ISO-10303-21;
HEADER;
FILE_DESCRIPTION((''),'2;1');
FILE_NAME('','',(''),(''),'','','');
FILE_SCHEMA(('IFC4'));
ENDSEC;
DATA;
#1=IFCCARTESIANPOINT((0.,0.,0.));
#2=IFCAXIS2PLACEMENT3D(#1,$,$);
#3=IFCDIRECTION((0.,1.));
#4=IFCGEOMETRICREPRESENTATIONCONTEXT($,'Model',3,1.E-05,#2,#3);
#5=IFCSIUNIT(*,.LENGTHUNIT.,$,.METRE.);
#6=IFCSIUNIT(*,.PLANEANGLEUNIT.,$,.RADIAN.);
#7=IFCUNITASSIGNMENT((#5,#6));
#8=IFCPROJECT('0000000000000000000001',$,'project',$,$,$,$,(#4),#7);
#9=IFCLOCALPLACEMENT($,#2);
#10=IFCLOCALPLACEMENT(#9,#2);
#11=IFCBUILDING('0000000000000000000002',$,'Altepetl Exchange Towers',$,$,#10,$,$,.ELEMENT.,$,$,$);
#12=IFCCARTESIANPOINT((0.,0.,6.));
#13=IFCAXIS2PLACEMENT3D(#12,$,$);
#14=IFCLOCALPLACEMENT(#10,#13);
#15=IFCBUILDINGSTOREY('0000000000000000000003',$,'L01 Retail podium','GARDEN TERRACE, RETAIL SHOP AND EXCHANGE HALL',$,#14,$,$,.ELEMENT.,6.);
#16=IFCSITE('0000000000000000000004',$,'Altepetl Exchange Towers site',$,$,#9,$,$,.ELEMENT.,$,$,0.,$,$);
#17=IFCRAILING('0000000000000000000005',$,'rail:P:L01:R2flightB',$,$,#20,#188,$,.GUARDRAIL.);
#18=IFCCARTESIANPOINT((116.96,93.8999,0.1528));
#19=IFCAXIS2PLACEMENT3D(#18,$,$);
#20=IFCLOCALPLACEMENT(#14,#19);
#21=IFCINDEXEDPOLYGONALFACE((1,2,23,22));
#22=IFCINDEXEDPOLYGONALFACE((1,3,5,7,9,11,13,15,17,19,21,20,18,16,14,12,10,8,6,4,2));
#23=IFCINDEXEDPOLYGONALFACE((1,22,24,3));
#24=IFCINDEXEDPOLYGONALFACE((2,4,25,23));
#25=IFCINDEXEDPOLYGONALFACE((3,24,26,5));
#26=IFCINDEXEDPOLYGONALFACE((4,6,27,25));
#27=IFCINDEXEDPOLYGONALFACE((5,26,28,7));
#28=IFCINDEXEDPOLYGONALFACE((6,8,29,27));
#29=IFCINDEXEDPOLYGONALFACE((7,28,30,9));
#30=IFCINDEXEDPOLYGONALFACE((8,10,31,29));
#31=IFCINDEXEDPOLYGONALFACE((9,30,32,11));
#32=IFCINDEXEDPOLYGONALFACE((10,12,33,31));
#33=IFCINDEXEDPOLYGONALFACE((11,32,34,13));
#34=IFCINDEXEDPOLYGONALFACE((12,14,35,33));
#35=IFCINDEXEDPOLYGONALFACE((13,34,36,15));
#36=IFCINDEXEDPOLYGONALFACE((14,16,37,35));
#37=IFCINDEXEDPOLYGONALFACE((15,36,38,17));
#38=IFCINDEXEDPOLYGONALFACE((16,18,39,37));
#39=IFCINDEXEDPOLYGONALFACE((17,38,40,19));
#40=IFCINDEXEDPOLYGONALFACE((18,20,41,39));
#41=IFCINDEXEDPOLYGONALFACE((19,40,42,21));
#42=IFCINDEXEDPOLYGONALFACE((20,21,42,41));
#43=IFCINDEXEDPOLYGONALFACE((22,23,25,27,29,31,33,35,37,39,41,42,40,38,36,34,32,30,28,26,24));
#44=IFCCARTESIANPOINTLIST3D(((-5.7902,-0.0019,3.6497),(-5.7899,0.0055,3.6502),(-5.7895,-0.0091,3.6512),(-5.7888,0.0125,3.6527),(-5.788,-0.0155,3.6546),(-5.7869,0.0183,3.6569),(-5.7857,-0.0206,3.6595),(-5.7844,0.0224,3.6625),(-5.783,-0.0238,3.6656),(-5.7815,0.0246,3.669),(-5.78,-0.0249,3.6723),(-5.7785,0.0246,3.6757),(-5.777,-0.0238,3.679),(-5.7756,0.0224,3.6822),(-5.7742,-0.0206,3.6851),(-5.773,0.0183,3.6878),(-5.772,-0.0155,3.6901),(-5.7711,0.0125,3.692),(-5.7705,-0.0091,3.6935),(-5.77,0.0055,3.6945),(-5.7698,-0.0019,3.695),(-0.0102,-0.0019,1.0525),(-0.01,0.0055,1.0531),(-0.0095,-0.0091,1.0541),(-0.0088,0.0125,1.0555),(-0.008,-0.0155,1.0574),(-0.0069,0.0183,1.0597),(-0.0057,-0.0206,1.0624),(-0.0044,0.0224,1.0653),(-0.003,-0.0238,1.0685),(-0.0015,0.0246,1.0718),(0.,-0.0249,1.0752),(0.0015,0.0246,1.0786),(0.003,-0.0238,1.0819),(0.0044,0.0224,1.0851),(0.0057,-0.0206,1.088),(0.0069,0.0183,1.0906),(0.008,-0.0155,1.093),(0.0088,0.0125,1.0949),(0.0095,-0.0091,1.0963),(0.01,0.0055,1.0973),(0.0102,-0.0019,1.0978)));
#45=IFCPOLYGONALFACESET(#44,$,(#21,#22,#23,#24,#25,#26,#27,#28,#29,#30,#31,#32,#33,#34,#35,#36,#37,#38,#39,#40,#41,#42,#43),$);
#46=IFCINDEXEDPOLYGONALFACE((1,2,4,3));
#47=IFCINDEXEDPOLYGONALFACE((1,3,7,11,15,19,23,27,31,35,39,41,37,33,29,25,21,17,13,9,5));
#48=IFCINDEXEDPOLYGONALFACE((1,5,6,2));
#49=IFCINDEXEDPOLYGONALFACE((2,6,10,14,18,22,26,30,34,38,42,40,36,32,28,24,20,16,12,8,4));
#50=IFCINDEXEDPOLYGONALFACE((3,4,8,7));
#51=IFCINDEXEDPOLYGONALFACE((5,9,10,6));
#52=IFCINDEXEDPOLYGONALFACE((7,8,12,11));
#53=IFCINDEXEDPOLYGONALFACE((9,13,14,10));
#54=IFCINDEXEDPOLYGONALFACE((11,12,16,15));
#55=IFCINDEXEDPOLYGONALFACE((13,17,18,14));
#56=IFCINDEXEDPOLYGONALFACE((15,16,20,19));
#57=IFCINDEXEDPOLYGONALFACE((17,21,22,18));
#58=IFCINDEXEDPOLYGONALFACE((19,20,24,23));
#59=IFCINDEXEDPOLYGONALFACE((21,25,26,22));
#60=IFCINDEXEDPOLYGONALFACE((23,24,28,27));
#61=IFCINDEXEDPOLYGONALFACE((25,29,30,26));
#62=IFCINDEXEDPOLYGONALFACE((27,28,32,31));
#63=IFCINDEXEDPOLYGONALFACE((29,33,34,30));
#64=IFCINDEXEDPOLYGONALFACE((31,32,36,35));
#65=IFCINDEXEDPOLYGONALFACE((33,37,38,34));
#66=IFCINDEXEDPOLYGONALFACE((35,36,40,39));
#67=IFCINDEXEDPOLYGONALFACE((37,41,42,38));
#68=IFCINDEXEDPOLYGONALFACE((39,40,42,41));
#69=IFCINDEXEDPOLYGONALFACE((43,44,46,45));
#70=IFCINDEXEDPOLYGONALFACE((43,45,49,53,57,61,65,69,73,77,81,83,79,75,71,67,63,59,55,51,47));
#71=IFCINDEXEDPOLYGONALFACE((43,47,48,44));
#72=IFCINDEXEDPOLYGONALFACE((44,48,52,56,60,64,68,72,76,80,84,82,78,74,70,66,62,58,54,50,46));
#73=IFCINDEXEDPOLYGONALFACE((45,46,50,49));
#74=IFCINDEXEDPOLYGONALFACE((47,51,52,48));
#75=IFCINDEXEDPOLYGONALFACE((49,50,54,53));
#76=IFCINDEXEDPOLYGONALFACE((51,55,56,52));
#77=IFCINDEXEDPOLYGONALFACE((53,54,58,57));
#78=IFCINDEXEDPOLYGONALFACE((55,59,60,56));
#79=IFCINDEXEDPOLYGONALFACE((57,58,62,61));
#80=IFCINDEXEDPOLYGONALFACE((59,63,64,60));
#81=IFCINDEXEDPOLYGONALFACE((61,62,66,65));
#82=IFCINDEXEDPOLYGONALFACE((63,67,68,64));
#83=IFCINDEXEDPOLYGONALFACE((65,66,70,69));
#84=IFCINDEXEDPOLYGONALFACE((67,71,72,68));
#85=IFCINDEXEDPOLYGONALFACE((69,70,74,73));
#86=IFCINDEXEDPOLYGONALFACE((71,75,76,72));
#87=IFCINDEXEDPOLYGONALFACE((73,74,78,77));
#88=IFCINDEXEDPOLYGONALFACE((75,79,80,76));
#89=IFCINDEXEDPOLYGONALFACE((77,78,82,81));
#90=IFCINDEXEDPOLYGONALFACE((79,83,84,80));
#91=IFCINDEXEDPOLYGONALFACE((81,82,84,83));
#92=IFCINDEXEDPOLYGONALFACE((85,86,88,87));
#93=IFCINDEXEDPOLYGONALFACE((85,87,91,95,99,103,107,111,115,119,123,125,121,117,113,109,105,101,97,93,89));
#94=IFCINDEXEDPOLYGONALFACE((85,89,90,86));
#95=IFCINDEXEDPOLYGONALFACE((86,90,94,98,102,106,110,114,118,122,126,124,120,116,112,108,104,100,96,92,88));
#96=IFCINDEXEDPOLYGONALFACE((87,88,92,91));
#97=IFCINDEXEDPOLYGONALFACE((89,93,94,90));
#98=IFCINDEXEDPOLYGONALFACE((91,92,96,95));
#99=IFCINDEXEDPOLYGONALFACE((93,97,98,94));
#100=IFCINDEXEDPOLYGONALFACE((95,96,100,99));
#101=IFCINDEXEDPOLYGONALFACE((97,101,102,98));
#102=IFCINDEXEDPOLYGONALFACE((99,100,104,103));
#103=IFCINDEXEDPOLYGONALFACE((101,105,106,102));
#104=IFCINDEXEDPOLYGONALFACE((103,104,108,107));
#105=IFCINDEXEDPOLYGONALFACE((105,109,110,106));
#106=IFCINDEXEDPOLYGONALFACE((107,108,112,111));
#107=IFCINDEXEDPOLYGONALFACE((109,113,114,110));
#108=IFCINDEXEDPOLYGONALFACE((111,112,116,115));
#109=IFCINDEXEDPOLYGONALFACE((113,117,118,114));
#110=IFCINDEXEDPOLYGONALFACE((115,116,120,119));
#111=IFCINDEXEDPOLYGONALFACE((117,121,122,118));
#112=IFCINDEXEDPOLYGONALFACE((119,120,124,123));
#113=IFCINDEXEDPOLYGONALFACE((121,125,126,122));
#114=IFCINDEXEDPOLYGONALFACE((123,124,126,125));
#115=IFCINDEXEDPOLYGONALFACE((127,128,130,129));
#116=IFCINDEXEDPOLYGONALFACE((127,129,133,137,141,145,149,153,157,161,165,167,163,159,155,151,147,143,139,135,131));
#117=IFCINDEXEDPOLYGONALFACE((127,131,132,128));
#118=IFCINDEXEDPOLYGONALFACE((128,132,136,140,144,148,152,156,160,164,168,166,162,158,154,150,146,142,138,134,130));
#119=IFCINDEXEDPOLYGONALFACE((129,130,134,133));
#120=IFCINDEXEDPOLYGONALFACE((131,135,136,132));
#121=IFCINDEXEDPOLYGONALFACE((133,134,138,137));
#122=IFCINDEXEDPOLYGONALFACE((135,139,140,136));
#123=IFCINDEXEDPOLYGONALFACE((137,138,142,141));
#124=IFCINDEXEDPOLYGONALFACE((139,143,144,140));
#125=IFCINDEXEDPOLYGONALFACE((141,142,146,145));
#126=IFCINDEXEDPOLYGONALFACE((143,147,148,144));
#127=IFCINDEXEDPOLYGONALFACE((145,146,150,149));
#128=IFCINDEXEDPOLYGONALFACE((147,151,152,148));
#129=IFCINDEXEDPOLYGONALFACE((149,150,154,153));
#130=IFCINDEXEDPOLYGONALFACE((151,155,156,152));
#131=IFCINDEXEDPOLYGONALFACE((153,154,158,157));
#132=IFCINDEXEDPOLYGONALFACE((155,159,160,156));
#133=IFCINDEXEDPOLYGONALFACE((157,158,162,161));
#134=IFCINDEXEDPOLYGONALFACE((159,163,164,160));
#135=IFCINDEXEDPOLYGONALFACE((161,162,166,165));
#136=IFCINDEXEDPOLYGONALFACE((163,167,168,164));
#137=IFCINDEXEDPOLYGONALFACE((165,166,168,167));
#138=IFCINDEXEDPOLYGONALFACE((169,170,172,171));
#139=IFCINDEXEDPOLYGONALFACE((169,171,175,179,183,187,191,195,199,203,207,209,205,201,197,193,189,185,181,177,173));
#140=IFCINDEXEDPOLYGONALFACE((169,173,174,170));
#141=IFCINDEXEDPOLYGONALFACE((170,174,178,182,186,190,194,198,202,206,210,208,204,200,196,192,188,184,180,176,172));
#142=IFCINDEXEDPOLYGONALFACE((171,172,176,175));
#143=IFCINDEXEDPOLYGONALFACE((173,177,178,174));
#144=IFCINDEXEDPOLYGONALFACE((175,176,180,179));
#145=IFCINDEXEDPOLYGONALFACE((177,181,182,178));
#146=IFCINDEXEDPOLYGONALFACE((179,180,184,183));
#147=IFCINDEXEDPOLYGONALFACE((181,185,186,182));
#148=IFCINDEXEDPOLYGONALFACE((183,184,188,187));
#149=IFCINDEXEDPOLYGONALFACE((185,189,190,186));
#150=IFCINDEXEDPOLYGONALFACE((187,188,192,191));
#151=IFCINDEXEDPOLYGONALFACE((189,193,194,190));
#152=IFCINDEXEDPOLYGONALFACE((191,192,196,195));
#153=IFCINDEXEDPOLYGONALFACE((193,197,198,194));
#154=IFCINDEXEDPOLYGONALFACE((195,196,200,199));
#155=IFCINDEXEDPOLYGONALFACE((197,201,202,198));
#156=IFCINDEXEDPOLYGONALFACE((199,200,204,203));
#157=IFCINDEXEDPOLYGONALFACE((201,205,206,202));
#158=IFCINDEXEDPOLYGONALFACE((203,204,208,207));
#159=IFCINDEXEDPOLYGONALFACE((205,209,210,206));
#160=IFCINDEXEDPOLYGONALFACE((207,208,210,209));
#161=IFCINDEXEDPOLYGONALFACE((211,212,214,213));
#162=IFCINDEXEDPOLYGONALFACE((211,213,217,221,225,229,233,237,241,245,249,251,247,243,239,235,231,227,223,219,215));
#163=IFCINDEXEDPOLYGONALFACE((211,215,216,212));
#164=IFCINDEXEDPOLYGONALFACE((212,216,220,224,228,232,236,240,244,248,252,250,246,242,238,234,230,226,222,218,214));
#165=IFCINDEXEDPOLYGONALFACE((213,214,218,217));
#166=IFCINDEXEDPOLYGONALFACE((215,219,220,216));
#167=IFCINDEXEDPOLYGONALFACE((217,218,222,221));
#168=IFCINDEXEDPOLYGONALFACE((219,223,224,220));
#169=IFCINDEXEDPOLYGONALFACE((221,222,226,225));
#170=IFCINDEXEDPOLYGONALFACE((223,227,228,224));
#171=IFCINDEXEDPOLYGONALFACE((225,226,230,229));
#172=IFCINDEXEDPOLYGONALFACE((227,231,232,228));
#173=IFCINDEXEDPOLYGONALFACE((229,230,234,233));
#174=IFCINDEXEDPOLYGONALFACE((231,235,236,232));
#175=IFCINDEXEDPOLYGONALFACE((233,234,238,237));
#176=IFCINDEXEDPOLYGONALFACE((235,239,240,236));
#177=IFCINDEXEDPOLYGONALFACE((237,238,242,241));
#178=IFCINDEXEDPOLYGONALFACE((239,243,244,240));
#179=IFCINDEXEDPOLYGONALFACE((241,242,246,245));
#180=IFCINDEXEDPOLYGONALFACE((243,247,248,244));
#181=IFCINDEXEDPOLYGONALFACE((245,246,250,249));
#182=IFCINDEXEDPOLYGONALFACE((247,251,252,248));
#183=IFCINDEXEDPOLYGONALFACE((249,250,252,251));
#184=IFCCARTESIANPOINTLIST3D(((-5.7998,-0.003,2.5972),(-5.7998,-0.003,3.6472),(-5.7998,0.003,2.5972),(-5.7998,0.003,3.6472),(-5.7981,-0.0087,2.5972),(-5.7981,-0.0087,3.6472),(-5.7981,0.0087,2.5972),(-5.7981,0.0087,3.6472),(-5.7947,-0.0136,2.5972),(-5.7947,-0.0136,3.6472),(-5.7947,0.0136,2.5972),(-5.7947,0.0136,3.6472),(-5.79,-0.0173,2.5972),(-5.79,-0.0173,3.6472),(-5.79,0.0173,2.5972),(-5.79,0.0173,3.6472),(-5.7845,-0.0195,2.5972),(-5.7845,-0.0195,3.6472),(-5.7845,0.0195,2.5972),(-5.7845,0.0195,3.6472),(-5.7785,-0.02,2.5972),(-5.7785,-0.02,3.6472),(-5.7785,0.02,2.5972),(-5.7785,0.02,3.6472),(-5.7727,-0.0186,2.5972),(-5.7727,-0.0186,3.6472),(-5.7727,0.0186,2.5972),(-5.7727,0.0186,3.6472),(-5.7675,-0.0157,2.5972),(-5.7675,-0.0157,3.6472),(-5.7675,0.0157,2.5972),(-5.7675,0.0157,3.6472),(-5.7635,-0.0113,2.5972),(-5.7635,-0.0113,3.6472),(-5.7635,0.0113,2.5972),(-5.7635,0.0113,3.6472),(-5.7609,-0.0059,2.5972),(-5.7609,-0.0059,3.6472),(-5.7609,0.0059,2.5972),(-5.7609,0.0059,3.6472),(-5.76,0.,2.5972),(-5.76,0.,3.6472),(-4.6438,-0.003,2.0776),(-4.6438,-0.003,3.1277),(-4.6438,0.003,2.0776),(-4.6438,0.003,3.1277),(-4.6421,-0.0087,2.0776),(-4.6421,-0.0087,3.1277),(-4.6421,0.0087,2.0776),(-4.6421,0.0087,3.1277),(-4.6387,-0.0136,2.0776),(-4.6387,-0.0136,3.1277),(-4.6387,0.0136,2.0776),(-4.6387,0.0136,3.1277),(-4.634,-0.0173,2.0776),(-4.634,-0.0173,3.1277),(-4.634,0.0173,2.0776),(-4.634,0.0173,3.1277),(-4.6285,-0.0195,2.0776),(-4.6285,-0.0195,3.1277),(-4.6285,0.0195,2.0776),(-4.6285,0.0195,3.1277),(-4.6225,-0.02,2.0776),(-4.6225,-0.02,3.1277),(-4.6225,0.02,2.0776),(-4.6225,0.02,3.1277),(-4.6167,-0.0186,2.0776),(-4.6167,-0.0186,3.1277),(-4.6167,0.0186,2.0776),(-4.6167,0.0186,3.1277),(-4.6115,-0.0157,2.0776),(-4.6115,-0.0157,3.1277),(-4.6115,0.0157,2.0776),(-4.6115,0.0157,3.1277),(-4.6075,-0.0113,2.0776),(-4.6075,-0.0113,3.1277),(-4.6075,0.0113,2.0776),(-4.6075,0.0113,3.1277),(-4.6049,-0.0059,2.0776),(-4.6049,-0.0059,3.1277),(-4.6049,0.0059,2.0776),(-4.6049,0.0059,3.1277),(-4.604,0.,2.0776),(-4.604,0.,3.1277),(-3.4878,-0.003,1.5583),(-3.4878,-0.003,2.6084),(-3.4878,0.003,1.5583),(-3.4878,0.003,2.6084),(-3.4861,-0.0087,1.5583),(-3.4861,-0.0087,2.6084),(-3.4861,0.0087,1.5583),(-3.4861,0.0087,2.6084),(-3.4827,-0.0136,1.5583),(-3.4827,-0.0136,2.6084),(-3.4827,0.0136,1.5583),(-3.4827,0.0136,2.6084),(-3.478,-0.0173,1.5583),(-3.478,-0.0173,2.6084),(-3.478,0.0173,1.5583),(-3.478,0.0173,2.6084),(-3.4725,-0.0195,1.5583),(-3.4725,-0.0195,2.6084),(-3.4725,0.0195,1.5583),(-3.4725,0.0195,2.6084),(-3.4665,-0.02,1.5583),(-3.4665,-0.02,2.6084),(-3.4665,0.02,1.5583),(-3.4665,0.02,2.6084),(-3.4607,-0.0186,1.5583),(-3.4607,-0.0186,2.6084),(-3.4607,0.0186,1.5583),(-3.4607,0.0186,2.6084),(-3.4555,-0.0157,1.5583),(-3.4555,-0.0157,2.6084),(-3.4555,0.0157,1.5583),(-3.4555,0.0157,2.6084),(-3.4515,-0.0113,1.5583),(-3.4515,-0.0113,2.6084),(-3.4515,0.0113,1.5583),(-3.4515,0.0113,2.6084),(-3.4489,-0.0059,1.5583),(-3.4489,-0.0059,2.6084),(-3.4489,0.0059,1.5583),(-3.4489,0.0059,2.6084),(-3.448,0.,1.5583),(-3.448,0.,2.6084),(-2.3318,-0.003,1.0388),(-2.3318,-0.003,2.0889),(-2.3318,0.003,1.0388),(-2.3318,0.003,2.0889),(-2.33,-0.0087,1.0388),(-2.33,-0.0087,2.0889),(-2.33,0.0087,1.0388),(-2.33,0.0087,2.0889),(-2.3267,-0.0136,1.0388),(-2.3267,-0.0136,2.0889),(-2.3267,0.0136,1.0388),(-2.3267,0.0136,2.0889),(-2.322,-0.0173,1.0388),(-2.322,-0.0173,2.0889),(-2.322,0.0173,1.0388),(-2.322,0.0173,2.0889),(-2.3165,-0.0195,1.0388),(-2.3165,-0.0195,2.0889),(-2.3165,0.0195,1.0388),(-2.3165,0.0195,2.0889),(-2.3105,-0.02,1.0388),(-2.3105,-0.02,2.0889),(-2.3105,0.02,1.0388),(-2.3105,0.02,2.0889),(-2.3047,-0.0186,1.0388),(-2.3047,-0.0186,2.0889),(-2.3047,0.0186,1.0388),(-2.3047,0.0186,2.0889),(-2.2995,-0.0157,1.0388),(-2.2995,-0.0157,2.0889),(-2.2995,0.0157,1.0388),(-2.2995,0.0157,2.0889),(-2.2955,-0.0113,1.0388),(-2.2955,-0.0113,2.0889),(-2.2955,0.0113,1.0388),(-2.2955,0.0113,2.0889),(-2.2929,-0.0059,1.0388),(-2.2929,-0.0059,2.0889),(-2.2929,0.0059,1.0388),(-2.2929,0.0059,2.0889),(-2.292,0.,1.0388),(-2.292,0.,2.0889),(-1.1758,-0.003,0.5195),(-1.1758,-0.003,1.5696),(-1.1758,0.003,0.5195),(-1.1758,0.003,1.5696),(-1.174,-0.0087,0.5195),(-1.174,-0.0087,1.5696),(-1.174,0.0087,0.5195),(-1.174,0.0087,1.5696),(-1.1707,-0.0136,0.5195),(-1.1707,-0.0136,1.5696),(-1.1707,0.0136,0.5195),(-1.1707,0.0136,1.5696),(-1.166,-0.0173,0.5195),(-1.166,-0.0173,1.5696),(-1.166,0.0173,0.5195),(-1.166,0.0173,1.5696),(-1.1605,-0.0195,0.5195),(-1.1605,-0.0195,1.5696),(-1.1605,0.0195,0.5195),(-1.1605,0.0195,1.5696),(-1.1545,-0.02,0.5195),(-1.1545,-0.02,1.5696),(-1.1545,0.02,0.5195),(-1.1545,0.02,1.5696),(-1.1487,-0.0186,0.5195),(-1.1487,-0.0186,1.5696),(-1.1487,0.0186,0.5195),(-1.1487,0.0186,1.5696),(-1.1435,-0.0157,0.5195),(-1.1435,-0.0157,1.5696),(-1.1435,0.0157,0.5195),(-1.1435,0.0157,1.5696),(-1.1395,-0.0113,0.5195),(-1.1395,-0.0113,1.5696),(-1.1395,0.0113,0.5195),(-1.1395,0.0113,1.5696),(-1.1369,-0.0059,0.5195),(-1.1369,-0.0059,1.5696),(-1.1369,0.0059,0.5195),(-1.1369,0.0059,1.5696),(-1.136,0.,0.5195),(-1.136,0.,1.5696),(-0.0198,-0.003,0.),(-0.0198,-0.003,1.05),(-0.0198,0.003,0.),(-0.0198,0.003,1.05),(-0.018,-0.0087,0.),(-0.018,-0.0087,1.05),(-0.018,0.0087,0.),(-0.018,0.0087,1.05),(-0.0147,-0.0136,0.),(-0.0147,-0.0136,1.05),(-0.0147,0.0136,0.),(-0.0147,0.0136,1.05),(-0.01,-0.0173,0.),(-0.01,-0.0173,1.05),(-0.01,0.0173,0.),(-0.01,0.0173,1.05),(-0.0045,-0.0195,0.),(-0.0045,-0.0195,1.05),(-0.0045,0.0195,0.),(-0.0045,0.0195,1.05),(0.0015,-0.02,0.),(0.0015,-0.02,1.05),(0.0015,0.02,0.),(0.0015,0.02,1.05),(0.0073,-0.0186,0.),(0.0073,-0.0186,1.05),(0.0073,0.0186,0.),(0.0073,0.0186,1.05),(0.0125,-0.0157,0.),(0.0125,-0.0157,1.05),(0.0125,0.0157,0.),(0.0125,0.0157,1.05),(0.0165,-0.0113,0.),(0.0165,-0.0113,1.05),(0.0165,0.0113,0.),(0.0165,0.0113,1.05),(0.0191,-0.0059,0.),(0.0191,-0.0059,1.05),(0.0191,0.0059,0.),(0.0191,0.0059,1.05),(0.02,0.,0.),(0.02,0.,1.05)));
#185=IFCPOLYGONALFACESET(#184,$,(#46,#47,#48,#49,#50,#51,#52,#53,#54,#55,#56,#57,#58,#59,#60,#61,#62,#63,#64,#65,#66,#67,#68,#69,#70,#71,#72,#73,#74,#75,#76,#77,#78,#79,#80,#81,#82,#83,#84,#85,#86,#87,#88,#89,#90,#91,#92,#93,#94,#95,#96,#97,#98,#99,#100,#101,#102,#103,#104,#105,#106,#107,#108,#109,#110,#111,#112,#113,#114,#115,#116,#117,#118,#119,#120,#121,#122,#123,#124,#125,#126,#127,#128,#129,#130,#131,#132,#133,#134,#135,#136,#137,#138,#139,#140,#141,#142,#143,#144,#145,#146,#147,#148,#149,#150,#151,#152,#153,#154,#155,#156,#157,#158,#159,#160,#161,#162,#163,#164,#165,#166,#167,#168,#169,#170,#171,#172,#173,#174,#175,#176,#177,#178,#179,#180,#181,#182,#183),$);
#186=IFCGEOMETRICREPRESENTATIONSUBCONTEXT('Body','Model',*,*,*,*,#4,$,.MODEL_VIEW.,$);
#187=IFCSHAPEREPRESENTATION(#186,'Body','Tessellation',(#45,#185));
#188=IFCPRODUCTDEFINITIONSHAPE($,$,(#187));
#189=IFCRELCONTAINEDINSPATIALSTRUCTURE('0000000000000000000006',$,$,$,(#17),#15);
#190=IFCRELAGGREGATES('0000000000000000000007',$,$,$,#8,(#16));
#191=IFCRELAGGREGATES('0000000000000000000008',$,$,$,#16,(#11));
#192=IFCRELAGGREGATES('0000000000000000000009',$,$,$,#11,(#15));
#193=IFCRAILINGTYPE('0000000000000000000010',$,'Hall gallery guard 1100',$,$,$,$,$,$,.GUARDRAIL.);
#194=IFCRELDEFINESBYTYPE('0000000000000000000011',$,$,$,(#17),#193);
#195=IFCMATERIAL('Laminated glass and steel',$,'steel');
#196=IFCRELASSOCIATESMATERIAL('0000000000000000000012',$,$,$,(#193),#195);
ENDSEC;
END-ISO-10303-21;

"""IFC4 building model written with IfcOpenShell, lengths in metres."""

from ifc_helpers import new_model, si_unit, direction, frame, origin, origin_2d, place, context, subcontext, project, spatial, circle, extrude, source, transform, mapped, material, type_object, element, save


model = new_model("IFC4")

# Units and contexts
model_context = context("Model", 3, precision=1e-05, world=origin(), true_north=direction((0.0, 1.0)))
body_context = subcontext(model_context, "Body", "Model", "MODEL_VIEW")
ifc_project = project(units=[si_unit("LENGTHUNIT", "METRE"), si_unit("PLANEANGLEUNIT", "RADIAN")], contexts=[model_context])

# Site, building, storey
site_placement = place(None, origin())
site = spatial("IfcSite", under=ifc_project, at=site_placement, Name="Altepetl Exchange Towers site", CompositionType="ELEMENT", RefElevation=0.0)
building_placement = place(site_placement, origin())
building = spatial("IfcBuilding", under=site, at=building_placement, Name="Altepetl Exchange Towers", CompositionType="ELEMENT")
storey_placement = place(building_placement, frame((0.0, 0.0, 6.0)))
storey = spatial("IfcBuildingStorey", under=building, at=storey_placement, Name="L01 Retail podium", Description="GARDEN TERRACE, RETAIL SHOP AND EXCHANGE HALL", CompositionType="ELEMENT", Elevation=6.0)

# Railing
ifc_material_1 = material(Name="Laminated glass and steel", Category="steel")
railing_type_1 = type_object("IfcRailingType", Name="Hall gallery guard 1100", PredefinedType="GUARDRAIL", material=ifc_material_1)
shared_shape_1 = source(origin(), body_context, "Body", "SweptSolid", [
    extrude(circle(Radius=0.02, at=origin_2d()), origin(), (0.0, 0.0, 1.0), 1.05),
])
for number, where, name in (
    (1, (116.96, 93.8999, 0.1528), "rail:P:L01:R2flightB"),
):
    element("IfcRailing", number, at=place(storey_placement, frame(where)), inside=storey, type_object=railing_type_1, Name=name, PredefinedType="GUARDRAIL", context=body_context, shape_type="SweptSolid", body=[
        extrude(circle(Radius=0.0249, at=origin_2d()), frame((0.0, 0.0, 1.0752), z_axis=(-0.912148, 0.0, 0.40986), x_axis=(0.0, -1.0, 0.0)), (0.0, 0.0, 1.0), 6.3367),
        mapped(shared_shape_1, transform((0.0, 0.0, 0.0))),
        mapped(shared_shape_1, transform((-1.156, 0.0, 0.5195))),
        mapped(shared_shape_1, transform((-2.312, 0.0, 1.0388))),
        mapped(shared_shape_1, transform((-3.468, 0.0, 1.5583))),
        mapped(shared_shape_1, transform((-4.624, 0.0, 2.0776))),
        mapped(shared_shape_1, transform((-5.78, 0.0, 2.5972))),
    ])

save(model, "model.ifc")
